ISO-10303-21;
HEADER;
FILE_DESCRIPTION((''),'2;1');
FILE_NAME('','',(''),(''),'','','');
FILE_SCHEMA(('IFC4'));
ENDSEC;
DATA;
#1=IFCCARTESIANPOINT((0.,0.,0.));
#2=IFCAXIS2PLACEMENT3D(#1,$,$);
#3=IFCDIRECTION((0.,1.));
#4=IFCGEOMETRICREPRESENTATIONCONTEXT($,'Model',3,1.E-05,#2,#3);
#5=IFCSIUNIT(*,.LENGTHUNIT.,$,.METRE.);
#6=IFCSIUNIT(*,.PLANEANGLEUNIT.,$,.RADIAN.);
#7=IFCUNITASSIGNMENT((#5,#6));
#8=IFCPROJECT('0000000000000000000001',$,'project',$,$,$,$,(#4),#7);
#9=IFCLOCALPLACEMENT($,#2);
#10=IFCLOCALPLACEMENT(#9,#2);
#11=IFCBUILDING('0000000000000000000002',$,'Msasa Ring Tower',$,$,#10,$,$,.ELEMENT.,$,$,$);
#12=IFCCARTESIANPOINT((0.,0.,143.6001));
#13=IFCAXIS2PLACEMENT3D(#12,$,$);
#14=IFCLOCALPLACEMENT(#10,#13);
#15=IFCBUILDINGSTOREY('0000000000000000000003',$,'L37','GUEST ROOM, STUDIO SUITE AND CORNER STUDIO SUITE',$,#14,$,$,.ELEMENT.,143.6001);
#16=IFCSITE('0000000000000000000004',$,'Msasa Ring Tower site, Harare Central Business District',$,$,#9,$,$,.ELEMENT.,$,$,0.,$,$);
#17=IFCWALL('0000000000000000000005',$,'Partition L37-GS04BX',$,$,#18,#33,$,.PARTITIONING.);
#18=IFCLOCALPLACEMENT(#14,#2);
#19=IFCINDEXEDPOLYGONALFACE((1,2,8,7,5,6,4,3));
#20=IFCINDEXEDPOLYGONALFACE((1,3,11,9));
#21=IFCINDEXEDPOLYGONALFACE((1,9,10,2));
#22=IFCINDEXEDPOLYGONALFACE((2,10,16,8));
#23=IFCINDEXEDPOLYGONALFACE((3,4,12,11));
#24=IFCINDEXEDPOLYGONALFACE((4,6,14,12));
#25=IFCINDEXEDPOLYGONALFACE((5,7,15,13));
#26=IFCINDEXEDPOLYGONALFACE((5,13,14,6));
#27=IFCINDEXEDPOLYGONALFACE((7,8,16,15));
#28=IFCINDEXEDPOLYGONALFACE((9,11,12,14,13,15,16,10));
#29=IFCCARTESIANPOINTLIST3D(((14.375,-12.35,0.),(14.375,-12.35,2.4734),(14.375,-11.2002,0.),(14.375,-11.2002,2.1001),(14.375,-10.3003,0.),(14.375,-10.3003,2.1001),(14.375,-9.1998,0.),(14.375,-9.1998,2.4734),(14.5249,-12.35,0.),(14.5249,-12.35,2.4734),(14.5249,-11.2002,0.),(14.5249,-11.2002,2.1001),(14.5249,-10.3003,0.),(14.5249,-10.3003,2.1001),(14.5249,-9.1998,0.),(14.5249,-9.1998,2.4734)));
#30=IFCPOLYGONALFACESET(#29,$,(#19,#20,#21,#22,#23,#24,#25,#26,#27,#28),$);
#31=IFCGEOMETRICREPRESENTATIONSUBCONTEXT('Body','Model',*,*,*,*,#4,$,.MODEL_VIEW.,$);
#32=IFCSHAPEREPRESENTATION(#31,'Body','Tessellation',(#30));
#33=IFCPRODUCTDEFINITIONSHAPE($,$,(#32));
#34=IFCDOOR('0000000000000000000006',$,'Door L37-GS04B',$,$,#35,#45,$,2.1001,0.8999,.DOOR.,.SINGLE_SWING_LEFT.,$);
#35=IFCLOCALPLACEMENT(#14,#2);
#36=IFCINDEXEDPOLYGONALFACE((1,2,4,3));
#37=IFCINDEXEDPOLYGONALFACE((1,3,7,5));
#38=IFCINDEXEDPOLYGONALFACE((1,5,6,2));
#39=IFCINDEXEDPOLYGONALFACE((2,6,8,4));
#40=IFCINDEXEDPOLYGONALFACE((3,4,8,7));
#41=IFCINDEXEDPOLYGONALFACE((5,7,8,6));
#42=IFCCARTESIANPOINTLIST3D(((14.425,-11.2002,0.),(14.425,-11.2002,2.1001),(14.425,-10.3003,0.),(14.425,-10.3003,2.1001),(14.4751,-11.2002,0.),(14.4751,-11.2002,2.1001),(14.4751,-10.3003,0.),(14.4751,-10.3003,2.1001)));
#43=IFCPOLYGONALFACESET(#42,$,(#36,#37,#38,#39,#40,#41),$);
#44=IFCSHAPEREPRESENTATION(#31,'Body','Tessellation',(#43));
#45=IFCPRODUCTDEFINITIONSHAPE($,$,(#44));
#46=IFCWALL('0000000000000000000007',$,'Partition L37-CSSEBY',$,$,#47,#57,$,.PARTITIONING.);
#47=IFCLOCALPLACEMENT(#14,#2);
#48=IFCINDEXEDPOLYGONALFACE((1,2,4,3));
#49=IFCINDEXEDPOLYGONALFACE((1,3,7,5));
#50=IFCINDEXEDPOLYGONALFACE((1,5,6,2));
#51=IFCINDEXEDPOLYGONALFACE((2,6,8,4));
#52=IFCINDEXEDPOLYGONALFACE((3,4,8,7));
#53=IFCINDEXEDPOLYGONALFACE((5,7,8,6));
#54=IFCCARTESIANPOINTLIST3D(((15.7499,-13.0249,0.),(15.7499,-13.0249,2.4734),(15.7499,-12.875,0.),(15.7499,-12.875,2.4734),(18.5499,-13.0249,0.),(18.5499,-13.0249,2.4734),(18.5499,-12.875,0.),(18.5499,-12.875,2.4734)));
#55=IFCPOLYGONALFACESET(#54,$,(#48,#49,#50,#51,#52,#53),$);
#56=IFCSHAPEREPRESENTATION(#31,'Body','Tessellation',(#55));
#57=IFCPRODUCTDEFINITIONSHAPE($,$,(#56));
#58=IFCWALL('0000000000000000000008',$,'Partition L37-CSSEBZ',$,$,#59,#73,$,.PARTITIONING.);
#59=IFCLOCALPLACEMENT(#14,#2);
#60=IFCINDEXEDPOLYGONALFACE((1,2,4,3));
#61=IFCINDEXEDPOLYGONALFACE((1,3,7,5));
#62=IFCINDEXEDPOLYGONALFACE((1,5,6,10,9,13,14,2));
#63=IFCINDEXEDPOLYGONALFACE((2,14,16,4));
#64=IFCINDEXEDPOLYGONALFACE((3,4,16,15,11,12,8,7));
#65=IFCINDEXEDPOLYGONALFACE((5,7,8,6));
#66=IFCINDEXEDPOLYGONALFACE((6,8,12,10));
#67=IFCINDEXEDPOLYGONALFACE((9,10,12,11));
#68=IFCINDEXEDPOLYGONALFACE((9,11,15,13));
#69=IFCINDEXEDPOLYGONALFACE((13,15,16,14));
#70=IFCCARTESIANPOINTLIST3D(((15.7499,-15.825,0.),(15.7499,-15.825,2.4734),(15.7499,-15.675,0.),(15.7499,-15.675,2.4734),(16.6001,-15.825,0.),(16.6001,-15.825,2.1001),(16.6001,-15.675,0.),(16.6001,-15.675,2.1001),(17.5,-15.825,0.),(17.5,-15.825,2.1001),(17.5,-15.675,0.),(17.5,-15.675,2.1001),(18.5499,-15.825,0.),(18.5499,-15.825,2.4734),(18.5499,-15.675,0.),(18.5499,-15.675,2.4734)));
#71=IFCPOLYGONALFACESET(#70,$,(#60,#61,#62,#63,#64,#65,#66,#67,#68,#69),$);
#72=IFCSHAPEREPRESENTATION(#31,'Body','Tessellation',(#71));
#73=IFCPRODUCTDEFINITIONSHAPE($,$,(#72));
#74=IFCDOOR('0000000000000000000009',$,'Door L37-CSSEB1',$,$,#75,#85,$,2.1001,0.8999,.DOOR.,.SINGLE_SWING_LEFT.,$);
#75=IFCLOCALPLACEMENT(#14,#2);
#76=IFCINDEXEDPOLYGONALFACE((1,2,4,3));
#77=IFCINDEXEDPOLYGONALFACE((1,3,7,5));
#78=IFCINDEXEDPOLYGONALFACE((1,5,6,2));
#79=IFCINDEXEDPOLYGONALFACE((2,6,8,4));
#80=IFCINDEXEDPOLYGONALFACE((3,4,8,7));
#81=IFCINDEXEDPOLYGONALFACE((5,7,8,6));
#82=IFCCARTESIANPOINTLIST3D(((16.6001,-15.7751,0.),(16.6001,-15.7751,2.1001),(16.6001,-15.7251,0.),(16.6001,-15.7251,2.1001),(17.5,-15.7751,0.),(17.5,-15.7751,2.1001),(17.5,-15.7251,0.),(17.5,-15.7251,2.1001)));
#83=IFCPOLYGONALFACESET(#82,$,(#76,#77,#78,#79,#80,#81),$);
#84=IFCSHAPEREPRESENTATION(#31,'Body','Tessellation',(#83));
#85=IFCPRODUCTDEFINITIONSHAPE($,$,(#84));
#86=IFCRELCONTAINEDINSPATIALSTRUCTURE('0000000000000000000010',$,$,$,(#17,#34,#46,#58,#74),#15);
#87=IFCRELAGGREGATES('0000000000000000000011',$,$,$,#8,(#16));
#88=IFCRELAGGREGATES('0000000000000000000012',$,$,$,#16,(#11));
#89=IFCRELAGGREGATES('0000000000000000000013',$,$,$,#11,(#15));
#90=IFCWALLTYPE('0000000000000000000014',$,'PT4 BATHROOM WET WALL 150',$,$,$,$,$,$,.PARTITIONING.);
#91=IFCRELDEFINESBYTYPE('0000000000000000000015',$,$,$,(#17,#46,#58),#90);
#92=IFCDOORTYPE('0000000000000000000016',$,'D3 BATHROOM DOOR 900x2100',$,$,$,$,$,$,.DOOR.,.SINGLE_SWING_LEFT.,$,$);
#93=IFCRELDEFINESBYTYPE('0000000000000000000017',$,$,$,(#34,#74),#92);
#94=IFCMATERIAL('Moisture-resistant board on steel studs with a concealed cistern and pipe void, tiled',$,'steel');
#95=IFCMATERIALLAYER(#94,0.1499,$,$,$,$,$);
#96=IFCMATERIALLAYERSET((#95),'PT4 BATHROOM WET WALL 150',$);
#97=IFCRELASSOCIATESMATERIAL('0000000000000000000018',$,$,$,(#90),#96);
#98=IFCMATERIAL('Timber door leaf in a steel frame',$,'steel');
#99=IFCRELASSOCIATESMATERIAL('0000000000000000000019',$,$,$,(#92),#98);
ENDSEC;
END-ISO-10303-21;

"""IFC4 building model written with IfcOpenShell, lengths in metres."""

from ifc_helpers import new_model, si_unit, direction, frame, frame_2d, origin, place, context, subcontext, project, spatial, rectangle, extrude, material, layer, layer_set, type_object, element, fill, save


model = new_model("IFC4")

# Units and contexts
model_context = context("Model", 3, precision=1e-05, world=origin(), true_north=direction((0.0, 1.0)))
body_context = subcontext(model_context, "Body", "Model", "MODEL_VIEW")
ifc_project = project(units=[si_unit("LENGTHUNIT", "METRE"), si_unit("PLANEANGLEUNIT", "RADIAN")], contexts=[model_context])

# Site, building, storey
site_placement = place(None, origin())
site = spatial("IfcSite", under=ifc_project, at=site_placement, Name="Msasa Ring Tower site, Harare Central Business District", CompositionType="ELEMENT", RefElevation=0.0)
building_placement = place(site_placement, origin())
building = spatial("IfcBuilding", under=site, at=building_placement, Name="Msasa Ring Tower", CompositionType="ELEMENT")
storey_placement = place(building_placement, frame((0.0, 0.0, 143.6001)))
storey = spatial("IfcBuildingStorey", under=building, at=storey_placement, Name="L37", Description="GUEST ROOM, STUDIO SUITE AND CORNER STUDIO SUITE", CompositionType="ELEMENT", Elevation=143.6001)

# Wall, opening, door
ifc_material_1 = material(Name="Moisture-resistant board on steel studs with a concealed cistern and pipe void, tiled", Category="steel")
ifc_layer_1 = layer(ifc_material_1, 0.1499)
ifc_layer_set_1 = layer_set([ifc_layer_1], Name="PT4 BATHROOM WET WALL 150")
wall_type_1 = type_object("IfcWallType", Name="PT4 BATHROOM WET WALL 150", PredefinedType="PARTITIONING", material=ifc_layer_set_1)
wall_1_placement = place(storey_placement, frame((14.45, -12.3501, 0.0), z_axis=(0.0, 0.0, 1.0), x_axis=(0.0, 1.0, 0.0)))
wall_1 = element("IfcWall", 1, at=wall_1_placement, inside=storey, type_object=wall_type_1, Name="Partition L37-GS04BX", PredefinedType="PARTITIONING", context=body_context, shape_type="SweptSolid", body=[
    extrude(rectangle(XDim=3.1501, YDim=0.1499, at=frame_2d((1.5752, 0.0))), origin(), (0.0, 0.0, 1.0), 2.4734),
])
opening_1_placement = place(wall_1_placement, frame((1.1499, 0.0, 0.0)))
opening_1 = element("IfcOpeningElement", 2, at=opening_1_placement, cuts=wall_1, PredefinedType="OPENING", context=body_context, shape_type="SweptSolid", body=[
    extrude(rectangle(XDim=0.8999, YDim=2.1001, at=frame_2d((0.45, 1.05))), frame((0.0, 0.085, 0.0), z_axis=(0.0, -1.0, 0.0), x_axis=(1.0, 0.0, 0.0)), (0.0, 0.0, 1.0), 0.1699),
])
ifc_material_2 = material(Name="Timber door leaf in a steel frame", Category="steel")
door_type_1 = type_object("IfcDoorType", Name="D3 BATHROOM DOOR 900x2100", OperationType="SINGLE_SWING_LEFT", PredefinedType="DOOR", material=ifc_material_2)
door_1_placement = place(opening_1_placement, origin())
door_1 = element("IfcDoor", 3, at=door_1_placement, inside=storey, type_object=door_type_1, Name="Door L37-GS04B", OperationType="SINGLE_SWING_LEFT", OverallHeight=2.1001, OverallWidth=0.8999, PredefinedType="DOOR", context=body_context, shape_type="SweptSolid", body=[
    extrude(rectangle(XDim=0.8999, YDim=2.1001, at=frame_2d((0.45, 1.05))), frame((0.0, 0.0249, 0.0), z_axis=(0.0, -1.0, 0.0), x_axis=(1.0, 0.0, 0.0)), (0.0, 0.0, 1.0), 0.05),
])
fill(opening_1, door_1)

# Wall
wall_2_placement = place(storey_placement, frame((15.75, -12.95, 0.0), z_axis=(0.0, 0.0, 1.0), x_axis=(1.0, 0.0, 0.0)))
element("IfcWall", 4, at=wall_2_placement, inside=storey, type_object=wall_type_1, Name="Partition L37-CSSEBY", PredefinedType="PARTITIONING", context=body_context, shape_type="SweptSolid", body=[
    extrude(rectangle(XDim=2.8, YDim=0.1499, at=frame_2d((1.3999, 0.0))), origin(), (0.0, 0.0, 1.0), 2.4734),
])

# Wall, opening, door
wall_3_placement = place(storey_placement, frame((15.75, -15.75, 0.0), z_axis=(0.0, 0.0, 1.0), x_axis=(1.0, 0.0, 0.0)))
wall_3 = element("IfcWall", 5, at=wall_3_placement, inside=storey, type_object=wall_type_1, Name="Partition L37-CSSEBZ", PredefinedType="PARTITIONING", context=body_context, shape_type="SweptSolid", body=[
    extrude(rectangle(XDim=2.8, YDim=0.1499, at=frame_2d((1.3999, 0.0))), origin(), (0.0, 0.0, 1.0), 2.4734),
])
opening_2_placement = place(wall_3_placement, frame((0.8501, 0.0, 0.0)))
opening_2 = element("IfcOpeningElement", 6, at=opening_2_placement, cuts=wall_3, PredefinedType="OPENING", context=body_context, shape_type="SweptSolid", body=[
    extrude(rectangle(XDim=0.8999, YDim=2.1001, at=frame_2d((0.45, 1.05))), frame((0.0, 0.085, 0.0), z_axis=(0.0, -1.0, 0.0), x_axis=(1.0, 0.0, 0.0)), (0.0, 0.0, 1.0), 0.1699),
])
door_2_placement = place(opening_2_placement, origin())
door_2 = element("IfcDoor", 7, at=door_2_placement, inside=storey, type_object=door_type_1, Name="Door L37-CSSEB1", OperationType="SINGLE_SWING_LEFT", OverallHeight=2.1001, OverallWidth=0.8999, PredefinedType="DOOR", context=body_context, shape_type="SweptSolid", body=[
    extrude(rectangle(XDim=0.8999, YDim=2.1001, at=frame_2d((0.45, 1.05))), frame((0.0, 0.0249, 0.0), z_axis=(0.0, -1.0, 0.0), x_axis=(1.0, 0.0, 0.0)), (0.0, 0.0, 1.0), 0.05),
])
fill(opening_2, door_2)

save(model, "model.ifc")
